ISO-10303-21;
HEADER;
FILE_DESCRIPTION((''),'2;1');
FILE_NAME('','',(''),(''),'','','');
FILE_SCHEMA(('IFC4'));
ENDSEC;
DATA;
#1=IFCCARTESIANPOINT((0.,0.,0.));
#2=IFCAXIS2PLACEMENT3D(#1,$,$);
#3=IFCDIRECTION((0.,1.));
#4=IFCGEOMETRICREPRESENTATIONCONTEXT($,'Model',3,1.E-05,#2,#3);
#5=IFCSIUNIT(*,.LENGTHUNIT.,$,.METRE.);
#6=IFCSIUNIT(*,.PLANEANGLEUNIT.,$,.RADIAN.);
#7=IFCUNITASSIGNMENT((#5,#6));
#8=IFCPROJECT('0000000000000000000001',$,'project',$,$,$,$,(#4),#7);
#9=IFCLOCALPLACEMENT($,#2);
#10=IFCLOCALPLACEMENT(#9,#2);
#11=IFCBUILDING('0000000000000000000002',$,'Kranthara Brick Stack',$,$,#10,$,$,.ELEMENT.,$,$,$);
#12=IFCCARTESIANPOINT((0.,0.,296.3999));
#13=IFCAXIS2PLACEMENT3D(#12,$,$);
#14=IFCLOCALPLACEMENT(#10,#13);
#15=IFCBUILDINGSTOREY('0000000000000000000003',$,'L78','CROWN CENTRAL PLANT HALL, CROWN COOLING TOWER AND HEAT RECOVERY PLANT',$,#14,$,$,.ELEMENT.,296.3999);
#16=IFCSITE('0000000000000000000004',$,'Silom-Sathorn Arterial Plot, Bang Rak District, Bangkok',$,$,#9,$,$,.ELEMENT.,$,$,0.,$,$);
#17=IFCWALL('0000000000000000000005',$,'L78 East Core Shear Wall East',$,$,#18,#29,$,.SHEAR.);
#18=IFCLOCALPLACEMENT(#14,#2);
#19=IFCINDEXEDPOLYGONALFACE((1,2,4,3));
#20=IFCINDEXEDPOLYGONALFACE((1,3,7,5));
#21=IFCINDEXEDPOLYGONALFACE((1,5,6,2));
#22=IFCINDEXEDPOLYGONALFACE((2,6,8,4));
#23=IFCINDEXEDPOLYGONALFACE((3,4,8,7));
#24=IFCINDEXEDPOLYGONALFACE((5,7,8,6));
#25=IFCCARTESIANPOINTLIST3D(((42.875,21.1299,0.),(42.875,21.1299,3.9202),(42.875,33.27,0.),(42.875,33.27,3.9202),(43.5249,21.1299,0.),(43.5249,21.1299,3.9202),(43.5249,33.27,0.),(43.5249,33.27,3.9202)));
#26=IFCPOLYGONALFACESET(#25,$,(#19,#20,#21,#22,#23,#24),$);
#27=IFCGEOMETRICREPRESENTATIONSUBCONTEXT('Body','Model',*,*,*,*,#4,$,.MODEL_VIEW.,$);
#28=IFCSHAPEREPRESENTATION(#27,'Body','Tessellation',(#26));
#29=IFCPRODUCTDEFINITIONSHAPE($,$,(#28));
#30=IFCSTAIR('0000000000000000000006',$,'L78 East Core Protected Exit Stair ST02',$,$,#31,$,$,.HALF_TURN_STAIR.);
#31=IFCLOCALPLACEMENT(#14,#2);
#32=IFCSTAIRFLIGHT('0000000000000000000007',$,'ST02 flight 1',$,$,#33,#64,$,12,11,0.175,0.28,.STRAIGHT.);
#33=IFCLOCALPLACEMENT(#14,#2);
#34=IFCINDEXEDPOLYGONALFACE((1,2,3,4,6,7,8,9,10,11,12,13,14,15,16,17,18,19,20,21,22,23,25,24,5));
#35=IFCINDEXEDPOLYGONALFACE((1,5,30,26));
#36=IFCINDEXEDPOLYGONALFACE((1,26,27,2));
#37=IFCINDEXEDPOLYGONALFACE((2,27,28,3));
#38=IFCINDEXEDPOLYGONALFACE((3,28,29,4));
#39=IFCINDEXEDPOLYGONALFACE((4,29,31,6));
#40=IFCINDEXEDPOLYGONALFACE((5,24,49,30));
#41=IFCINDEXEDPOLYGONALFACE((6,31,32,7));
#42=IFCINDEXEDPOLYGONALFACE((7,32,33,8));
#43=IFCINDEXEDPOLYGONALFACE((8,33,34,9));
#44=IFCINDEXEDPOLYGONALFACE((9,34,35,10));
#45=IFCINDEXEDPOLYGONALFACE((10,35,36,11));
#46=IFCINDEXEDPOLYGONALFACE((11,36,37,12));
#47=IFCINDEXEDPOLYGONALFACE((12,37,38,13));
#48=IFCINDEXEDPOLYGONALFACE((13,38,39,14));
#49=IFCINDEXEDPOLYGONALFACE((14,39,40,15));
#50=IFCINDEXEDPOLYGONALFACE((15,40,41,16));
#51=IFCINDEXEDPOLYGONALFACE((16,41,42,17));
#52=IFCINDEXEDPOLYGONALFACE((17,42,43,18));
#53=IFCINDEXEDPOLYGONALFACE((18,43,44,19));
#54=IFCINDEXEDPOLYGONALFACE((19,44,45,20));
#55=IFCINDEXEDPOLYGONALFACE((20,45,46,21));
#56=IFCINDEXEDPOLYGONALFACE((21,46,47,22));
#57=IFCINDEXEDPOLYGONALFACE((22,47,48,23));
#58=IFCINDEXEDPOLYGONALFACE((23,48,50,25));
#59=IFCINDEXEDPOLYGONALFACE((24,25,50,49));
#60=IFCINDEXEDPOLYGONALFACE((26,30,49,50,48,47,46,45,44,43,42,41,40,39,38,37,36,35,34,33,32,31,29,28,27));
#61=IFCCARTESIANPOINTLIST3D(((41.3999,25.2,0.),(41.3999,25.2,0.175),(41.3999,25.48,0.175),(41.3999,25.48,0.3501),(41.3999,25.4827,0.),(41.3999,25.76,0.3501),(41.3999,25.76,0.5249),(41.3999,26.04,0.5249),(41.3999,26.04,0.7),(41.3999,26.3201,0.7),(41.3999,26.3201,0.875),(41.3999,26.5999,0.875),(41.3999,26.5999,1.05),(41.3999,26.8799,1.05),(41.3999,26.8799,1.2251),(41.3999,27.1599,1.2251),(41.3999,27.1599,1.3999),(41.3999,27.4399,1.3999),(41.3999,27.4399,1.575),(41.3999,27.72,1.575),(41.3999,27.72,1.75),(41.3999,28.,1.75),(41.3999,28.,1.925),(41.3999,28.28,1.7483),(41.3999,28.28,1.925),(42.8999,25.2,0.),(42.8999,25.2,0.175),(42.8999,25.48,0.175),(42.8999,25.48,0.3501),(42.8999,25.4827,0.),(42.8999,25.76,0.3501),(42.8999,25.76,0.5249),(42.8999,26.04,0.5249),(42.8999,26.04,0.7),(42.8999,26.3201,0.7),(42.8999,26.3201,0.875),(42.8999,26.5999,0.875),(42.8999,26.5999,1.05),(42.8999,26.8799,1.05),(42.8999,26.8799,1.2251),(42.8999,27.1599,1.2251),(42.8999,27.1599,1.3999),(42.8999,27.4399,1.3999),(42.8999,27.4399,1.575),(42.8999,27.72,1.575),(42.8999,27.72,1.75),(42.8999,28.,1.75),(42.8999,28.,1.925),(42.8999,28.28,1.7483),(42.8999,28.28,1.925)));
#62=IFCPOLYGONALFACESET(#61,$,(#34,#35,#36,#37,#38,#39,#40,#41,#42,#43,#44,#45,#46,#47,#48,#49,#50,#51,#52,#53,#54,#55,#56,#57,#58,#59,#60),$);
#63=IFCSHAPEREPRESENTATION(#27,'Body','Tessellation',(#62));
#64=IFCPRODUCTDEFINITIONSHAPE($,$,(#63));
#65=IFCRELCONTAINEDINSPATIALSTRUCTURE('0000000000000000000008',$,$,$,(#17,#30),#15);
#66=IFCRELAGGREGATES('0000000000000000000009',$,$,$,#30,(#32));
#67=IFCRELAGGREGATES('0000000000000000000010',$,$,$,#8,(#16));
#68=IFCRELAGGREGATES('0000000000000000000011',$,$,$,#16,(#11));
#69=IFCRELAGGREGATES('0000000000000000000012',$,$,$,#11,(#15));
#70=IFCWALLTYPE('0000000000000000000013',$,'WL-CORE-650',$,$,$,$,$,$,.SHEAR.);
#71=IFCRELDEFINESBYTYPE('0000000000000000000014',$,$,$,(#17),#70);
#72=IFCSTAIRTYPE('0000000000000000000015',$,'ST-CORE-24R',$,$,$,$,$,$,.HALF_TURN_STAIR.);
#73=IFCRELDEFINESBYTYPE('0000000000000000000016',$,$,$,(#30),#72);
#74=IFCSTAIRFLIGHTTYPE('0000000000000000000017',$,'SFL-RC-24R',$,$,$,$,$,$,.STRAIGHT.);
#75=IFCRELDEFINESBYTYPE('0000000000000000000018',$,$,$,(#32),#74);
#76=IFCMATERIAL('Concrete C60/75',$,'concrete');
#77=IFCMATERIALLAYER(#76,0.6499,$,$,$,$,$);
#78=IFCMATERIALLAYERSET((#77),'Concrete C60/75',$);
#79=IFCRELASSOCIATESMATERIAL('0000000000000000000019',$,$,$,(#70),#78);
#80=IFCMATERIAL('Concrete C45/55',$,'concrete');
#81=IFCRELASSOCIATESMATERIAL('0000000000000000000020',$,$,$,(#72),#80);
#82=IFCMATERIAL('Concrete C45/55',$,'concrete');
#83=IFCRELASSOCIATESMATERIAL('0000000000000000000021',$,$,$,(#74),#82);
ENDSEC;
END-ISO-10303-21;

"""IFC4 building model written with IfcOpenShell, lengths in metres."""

from ifc_helpers import new_model, si_unit, direction, frame, frame_2d, origin, place, context, subcontext, project, spatial, polyline, rectangle, outline, extrude, material, layer, layer_set, type_object, element, aggregate, save


model = new_model("IFC4")

# Units and contexts
model_context = context("Model", 3, precision=1e-05, world=origin(), true_north=direction((0.0, 1.0)))
body_context = subcontext(model_context, "Body", "Model", "MODEL_VIEW")
ifc_project = project(units=[si_unit("LENGTHUNIT", "METRE"), si_unit("PLANEANGLEUNIT", "RADIAN")], contexts=[model_context])

# Site, building, storey
site_placement = place(None, origin())
site = spatial("IfcSite", under=ifc_project, at=site_placement, Name="Silom-Sathorn Arterial Plot, Bang Rak District, Bangkok", CompositionType="ELEMENT", RefElevation=0.0)
building_placement = place(site_placement, origin())
building = spatial("IfcBuilding", under=site, at=building_placement, Name="Kranthara Brick Stack", CompositionType="ELEMENT")
storey_placement = place(building_placement, frame((0.0, 0.0, 296.3999)))
storey = spatial("IfcBuildingStorey", under=building, at=storey_placement, Name="L78", Description="CROWN CENTRAL PLANT HALL, CROWN COOLING TOWER AND HEAT RECOVERY PLANT", CompositionType="ELEMENT", Elevation=296.3999)

# Wall
ifc_material_1 = material(Name="Concrete C60/75", Category="concrete")
ifc_layer_1 = layer(ifc_material_1, 0.6499)
ifc_layer_set_1 = layer_set([ifc_layer_1], Name="Concrete C60/75")
wall_type_1 = type_object("IfcWallType", Name="WL-CORE-650", PredefinedType="SHEAR", material=ifc_layer_set_1)
wall_1_placement = place(storey_placement, frame((43.2, 21.1299, 0.0), z_axis=(0.0, 0.0, 1.0), x_axis=(0.0, 1.0, 0.0)))
element("IfcWall", 1, at=wall_1_placement, inside=storey, type_object=wall_type_1, Name="L78 East Core Shear Wall East", PredefinedType="SHEAR", context=body_context, shape_type="SweptSolid", body=[
    extrude(rectangle(XDim=12.1401, YDim=0.6499, at=frame_2d((6.0701, 0.0))), origin(), (0.0, 0.0, 1.0), 3.9202),
])

# Stair, stair flight
ifc_material_2 = material(Name="Concrete C45/55", Category="concrete")
stair_type = type_object("IfcStairType", Name="ST-CORE-24R", PredefinedType="HALF_TURN_STAIR", material=ifc_material_2)
stair_placement = place(storey_placement, origin())
stair = element("IfcStair", 2, at=stair_placement, inside=storey, type_object=stair_type, Name="L78 East Core Protected Exit Stair ST02", PredefinedType="HALF_TURN_STAIR")
ifc_material_3 = material(Name="Concrete C45/55", Category="concrete")
stair_flight_type = type_object("IfcStairFlightType", Name="SFL-RC-24R", PredefinedType="STRAIGHT", material=ifc_material_3)
stair_flight_placement = place(storey_placement, frame((42.1499, 25.2, 0.0), z_axis=(0.0, 0.0, 1.0), x_axis=(0.0, 1.0, 0.0)))
stair_flight = element("IfcStairFlight", 3, at=stair_flight_placement, type_object=stair_flight_type, Name="ST02 flight 1", NumberOfRisers=12, NumberOfTreads=11, PredefinedType="STRAIGHT", RiserHeight=0.175, TreadLength=0.28, context=body_context, shape_type="SweptSolid", body=[
    extrude(outline(polyline([(0.0, 0.0), (0.0, 0.175), (0.28, 0.175), (0.28, 0.3501), (0.5601, 0.3501), (0.5601, 0.5249), (0.8401, 0.5249), (0.8401, 0.7), (1.1201, 0.7), (1.1201, 0.875), (1.3999, 0.875), (1.3999, 1.05), (1.6799, 1.05), (1.6799, 1.2251), (1.96, 1.2251), (1.96, 1.3999), (2.24, 1.3999), (2.24, 1.575), (2.52, 1.575), (2.52, 1.75), (2.8, 1.75), (2.8, 1.925), (3.0801, 1.925), (3.0801, 2.1001), (3.0801, 1.7483), (0.2827, 0.0), (0.0, 0.0)])), frame((0.0, 0.75, 0.0), z_axis=(0.0, -1.0, 0.0), x_axis=(1.0, 0.0, 0.0)), (0.0, 0.0, 1.0), 1.5),
])
aggregate(stair, [stair_flight])

save(model, "model.ifc")
